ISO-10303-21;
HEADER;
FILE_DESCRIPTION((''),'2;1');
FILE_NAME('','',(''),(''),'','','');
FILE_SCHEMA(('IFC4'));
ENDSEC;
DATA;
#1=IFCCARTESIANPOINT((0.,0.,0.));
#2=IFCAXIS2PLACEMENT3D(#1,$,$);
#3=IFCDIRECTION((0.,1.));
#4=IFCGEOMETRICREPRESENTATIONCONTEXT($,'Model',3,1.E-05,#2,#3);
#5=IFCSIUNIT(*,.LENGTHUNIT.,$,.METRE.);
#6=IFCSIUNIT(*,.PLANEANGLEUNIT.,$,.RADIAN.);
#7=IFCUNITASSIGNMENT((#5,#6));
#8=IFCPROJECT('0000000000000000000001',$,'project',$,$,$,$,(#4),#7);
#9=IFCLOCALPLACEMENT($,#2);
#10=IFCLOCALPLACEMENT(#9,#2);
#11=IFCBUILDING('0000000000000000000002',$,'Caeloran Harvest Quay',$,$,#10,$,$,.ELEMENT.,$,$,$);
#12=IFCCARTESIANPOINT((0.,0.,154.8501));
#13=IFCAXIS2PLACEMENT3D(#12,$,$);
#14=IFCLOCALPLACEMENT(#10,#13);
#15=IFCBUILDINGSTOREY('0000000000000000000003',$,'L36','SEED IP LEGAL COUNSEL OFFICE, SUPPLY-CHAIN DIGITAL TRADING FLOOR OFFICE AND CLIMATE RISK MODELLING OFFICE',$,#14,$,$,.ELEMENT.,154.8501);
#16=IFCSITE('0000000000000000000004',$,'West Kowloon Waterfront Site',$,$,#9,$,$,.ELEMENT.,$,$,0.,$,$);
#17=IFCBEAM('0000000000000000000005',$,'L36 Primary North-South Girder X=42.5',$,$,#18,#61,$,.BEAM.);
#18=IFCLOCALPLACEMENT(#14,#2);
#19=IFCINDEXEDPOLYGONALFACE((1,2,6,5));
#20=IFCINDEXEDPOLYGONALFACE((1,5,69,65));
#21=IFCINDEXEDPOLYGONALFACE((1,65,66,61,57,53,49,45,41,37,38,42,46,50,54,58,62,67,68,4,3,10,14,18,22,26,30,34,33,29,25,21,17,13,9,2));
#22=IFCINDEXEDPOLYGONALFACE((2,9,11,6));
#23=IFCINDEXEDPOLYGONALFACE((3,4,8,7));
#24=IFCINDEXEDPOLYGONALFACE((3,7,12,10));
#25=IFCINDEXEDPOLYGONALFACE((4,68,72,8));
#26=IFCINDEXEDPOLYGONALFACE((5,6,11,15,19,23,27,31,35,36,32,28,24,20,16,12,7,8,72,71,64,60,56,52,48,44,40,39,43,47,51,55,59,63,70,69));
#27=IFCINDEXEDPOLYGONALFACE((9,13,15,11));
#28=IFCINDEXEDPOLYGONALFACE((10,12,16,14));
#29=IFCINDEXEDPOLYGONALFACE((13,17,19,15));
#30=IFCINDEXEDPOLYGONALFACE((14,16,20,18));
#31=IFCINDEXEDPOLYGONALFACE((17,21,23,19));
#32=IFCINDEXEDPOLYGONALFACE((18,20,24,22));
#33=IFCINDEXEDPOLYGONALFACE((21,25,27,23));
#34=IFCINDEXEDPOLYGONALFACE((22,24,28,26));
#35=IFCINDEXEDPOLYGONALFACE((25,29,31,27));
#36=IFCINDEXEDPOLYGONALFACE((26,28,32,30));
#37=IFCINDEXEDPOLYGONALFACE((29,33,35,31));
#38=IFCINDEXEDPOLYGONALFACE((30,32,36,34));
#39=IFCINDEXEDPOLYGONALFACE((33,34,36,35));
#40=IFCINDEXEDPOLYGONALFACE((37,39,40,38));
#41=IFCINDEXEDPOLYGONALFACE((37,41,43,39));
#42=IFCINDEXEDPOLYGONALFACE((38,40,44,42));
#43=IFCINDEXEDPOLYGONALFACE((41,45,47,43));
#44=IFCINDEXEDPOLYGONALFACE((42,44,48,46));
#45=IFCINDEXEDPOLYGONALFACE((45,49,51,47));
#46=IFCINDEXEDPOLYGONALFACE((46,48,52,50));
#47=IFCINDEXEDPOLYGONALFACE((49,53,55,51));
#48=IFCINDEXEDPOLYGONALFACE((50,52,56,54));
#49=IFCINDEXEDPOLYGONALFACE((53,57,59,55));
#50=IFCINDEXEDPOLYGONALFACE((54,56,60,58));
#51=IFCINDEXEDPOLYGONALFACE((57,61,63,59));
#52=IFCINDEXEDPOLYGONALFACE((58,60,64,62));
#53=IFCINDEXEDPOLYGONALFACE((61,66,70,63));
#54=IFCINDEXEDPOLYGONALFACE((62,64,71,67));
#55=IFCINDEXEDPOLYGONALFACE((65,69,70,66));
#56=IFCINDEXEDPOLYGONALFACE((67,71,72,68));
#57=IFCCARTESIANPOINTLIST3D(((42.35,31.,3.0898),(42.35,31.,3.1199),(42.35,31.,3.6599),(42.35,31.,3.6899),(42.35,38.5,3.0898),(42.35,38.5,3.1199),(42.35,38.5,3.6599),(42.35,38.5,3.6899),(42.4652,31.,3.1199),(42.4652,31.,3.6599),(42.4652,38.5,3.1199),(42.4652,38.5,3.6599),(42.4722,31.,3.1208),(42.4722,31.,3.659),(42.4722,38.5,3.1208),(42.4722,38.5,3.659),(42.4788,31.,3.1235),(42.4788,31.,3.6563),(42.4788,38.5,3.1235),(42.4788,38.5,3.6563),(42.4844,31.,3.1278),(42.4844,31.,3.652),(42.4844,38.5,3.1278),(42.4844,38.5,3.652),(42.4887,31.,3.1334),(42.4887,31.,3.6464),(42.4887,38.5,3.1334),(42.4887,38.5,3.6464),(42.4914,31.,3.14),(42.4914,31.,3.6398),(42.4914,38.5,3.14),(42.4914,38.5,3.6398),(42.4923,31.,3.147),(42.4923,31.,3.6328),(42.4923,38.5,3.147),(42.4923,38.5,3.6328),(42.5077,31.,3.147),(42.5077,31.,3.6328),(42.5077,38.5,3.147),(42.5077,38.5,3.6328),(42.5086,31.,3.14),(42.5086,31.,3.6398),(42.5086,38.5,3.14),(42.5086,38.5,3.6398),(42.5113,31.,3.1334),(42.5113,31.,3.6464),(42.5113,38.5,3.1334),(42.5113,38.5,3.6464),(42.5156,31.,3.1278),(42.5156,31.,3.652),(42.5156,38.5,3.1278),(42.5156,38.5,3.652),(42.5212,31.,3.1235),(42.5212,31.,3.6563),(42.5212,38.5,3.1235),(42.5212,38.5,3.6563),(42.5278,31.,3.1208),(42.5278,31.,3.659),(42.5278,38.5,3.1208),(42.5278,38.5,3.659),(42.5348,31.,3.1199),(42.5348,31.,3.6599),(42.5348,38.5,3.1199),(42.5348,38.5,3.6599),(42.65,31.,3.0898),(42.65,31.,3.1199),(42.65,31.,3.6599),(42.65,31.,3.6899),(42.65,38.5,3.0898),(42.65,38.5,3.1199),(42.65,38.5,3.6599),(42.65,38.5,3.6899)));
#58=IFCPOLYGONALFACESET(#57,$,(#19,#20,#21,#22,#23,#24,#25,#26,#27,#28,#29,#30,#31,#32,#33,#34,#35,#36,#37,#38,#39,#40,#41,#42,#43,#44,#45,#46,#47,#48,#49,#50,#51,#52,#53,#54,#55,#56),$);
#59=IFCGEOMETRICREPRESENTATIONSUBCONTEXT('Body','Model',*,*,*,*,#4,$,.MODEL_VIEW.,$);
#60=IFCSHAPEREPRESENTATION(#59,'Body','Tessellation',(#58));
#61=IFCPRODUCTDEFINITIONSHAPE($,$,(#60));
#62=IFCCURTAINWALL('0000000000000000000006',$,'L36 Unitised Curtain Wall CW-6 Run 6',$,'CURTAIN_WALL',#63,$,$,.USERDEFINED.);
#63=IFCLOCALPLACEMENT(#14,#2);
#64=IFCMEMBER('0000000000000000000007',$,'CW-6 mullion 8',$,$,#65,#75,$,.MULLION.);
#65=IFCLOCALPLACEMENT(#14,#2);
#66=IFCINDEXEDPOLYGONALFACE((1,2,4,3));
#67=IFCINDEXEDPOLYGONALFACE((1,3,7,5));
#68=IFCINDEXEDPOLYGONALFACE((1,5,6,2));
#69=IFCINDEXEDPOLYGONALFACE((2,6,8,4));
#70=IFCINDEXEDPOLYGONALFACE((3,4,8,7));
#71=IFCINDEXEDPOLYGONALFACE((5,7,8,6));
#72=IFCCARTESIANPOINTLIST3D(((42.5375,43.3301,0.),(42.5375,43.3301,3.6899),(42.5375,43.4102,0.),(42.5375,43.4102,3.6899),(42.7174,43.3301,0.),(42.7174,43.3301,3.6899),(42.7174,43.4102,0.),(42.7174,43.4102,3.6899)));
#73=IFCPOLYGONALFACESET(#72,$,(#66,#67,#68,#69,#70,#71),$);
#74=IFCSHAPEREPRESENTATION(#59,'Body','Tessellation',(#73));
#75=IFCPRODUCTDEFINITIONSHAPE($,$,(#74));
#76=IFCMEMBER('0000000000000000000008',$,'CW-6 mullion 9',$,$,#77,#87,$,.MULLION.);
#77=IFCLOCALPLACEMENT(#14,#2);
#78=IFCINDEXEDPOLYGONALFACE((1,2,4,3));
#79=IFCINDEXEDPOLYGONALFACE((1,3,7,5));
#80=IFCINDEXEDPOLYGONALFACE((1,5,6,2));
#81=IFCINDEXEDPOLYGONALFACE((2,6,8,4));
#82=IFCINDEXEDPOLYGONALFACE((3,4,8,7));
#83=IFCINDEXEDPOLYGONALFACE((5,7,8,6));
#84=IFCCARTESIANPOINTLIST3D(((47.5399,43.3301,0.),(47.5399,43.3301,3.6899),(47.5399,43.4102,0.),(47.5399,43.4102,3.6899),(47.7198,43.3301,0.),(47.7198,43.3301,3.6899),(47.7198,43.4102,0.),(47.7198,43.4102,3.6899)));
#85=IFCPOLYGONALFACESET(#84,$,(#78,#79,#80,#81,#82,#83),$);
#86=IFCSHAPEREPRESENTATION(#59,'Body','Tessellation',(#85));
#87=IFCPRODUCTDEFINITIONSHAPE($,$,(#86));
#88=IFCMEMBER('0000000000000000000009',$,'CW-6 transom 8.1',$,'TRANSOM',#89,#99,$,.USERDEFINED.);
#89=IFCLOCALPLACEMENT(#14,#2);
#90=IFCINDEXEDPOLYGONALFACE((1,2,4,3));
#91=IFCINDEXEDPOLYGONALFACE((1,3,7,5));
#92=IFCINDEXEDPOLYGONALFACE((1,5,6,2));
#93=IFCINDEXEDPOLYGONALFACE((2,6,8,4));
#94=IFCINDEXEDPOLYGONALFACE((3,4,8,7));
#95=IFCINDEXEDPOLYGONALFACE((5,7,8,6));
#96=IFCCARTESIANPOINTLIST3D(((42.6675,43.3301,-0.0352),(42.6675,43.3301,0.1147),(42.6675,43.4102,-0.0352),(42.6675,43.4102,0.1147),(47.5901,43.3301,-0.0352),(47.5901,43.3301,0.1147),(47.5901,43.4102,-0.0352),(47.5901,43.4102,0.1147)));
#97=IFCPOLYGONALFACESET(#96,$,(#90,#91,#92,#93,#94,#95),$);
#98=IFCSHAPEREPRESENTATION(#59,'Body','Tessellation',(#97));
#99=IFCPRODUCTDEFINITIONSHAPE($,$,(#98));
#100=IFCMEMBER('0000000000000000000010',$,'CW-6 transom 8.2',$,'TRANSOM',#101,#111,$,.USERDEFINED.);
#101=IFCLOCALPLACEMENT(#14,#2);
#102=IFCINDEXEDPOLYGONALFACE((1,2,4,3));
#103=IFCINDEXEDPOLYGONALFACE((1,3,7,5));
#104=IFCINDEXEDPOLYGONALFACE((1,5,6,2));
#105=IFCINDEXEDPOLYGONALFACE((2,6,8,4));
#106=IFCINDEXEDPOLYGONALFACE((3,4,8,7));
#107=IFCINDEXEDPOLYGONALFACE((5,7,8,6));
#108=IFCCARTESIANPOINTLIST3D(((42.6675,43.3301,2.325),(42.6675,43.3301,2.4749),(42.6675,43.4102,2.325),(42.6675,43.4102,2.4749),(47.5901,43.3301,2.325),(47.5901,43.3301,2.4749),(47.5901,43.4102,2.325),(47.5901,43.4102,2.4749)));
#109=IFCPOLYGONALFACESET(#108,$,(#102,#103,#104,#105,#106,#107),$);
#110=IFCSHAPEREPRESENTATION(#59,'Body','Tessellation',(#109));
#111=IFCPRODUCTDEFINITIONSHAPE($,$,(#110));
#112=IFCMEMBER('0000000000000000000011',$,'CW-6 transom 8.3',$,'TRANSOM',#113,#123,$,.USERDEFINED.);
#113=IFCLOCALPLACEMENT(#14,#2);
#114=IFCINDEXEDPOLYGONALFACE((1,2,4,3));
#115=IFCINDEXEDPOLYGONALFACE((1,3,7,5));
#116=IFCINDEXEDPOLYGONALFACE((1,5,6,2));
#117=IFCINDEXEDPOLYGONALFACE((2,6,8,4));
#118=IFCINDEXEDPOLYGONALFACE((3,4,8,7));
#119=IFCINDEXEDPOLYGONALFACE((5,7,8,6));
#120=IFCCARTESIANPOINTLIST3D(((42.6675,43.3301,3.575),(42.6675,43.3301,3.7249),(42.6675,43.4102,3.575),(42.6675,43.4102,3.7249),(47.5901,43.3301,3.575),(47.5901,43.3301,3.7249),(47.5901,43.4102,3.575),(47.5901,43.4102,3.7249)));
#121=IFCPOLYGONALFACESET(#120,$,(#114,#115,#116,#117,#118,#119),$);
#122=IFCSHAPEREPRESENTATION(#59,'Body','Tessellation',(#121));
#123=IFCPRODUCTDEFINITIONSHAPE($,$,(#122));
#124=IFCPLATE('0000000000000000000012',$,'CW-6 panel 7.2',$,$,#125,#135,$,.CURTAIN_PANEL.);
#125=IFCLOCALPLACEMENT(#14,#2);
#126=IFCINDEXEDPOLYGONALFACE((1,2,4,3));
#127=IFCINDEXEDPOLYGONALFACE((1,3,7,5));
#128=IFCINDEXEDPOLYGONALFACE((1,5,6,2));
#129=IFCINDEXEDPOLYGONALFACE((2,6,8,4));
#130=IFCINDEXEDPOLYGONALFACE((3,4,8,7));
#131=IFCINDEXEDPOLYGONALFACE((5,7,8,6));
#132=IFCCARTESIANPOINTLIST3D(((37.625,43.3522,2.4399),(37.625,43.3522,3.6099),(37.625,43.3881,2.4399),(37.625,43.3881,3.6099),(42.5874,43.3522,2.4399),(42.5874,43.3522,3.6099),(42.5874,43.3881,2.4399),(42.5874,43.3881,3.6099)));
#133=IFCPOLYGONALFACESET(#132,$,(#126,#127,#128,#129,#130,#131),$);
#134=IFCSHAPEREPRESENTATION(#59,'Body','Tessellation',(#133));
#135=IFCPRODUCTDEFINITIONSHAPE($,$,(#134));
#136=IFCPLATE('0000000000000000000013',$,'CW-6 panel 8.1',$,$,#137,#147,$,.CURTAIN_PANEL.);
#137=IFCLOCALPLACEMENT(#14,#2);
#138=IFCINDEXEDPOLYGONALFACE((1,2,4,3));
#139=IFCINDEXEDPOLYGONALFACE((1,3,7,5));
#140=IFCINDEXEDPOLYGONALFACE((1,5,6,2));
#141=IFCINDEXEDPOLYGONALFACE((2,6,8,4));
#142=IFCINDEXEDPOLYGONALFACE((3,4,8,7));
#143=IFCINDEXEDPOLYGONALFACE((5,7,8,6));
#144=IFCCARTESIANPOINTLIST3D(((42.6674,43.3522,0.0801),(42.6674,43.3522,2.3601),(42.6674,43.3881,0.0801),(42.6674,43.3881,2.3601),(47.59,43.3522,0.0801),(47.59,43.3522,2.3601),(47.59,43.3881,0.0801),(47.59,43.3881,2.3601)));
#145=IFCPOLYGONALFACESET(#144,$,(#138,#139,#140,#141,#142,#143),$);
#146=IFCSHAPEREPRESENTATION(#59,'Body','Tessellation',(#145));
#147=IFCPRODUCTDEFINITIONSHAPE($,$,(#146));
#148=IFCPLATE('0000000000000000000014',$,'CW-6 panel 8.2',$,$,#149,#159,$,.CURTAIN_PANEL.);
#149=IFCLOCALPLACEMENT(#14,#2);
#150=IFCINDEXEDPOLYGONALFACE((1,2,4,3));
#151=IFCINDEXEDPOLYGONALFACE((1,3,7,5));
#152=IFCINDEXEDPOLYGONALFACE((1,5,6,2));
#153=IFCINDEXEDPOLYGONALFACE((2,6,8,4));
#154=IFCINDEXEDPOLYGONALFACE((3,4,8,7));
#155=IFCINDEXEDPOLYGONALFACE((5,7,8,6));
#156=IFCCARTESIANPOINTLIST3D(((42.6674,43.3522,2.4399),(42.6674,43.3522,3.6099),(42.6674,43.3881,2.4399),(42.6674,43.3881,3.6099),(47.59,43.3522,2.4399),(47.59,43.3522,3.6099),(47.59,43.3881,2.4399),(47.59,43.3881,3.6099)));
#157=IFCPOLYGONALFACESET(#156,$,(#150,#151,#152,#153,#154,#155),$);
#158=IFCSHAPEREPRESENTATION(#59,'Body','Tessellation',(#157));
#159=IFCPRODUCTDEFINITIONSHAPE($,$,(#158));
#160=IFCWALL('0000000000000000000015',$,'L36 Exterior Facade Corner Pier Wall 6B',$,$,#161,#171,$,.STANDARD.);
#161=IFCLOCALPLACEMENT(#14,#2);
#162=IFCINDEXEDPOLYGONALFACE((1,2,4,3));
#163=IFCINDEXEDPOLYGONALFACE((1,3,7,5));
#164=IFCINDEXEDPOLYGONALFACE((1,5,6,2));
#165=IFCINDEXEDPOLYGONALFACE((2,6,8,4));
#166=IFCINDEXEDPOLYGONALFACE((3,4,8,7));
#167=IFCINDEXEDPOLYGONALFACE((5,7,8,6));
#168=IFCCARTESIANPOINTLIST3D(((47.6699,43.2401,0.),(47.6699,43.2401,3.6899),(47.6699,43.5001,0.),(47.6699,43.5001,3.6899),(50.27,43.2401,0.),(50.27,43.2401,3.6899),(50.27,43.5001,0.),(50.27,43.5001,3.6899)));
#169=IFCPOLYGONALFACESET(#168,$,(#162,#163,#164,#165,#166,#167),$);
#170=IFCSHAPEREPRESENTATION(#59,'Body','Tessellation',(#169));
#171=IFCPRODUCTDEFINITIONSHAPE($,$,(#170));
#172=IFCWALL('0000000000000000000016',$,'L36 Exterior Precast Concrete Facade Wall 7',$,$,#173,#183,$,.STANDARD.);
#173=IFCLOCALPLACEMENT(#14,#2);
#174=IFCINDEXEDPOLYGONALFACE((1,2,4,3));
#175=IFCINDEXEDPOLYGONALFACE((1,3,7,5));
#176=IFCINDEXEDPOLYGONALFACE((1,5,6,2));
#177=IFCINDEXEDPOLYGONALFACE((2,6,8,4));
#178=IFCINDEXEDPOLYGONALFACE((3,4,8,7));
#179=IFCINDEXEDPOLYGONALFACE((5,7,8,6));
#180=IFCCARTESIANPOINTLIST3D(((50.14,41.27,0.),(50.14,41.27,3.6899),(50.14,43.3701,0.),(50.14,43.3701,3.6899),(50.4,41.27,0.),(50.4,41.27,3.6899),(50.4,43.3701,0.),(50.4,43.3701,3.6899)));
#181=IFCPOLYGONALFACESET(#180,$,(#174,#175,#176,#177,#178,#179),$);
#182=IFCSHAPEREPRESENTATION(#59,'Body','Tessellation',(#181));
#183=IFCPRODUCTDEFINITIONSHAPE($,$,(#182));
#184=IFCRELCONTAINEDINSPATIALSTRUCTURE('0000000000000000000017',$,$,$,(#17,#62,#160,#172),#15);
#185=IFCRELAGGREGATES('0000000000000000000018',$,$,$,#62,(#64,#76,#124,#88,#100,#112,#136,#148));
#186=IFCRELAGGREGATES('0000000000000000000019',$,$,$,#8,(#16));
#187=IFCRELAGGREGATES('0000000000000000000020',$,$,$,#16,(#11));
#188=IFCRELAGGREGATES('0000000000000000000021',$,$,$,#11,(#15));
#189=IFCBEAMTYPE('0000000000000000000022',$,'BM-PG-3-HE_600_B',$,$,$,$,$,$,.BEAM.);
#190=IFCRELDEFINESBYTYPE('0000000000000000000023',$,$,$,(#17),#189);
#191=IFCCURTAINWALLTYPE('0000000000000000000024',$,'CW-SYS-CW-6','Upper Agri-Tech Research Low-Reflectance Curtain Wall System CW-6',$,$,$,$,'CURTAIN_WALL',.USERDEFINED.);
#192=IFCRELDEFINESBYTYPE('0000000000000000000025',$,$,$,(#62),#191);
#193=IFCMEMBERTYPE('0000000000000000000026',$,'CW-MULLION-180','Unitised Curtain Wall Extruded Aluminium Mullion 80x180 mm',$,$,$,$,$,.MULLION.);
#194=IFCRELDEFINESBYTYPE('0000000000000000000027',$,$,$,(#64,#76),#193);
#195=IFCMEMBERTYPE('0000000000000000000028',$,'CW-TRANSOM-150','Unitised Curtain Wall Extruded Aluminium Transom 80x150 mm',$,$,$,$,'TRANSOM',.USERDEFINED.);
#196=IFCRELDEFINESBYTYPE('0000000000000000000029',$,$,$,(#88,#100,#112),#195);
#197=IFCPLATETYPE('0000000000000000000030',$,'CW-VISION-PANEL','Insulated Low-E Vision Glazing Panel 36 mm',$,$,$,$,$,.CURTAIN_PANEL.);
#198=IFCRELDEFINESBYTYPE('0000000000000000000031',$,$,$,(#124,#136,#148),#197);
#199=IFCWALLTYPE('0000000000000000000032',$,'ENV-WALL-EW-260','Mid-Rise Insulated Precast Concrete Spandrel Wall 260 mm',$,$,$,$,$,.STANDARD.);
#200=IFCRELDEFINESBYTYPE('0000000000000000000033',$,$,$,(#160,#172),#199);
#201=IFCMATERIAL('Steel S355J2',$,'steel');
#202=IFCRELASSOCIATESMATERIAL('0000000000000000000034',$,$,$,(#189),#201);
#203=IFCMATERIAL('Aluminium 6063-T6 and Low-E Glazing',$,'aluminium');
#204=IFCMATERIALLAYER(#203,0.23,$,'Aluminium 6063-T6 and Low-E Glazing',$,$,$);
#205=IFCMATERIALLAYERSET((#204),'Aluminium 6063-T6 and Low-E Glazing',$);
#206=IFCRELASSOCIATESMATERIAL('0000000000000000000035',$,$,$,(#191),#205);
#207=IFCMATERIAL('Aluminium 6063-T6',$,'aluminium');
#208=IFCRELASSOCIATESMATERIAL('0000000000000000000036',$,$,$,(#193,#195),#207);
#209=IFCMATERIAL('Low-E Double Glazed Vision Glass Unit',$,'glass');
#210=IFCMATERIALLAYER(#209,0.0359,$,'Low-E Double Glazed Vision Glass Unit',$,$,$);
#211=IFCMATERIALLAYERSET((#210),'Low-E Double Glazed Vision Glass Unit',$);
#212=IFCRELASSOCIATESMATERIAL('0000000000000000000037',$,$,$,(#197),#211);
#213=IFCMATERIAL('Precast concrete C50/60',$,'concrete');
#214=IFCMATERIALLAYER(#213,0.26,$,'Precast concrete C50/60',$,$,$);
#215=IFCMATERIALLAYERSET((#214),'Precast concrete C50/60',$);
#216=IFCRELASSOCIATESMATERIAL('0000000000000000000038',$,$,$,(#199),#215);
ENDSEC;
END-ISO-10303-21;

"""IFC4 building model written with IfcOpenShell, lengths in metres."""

from ifc_helpers import new_model, si_unit, direction, frame, frame_2d, origin, origin_2d, place, context, subcontext, project, spatial, rectangle, i_section, extrude, material, layer, layer_set, material_profile, profile_set, type_object, element, aggregate, save


model = new_model("IFC4")

# Units and contexts
model_context = context("Model", 3, precision=1e-05, world=origin(), true_north=direction((0.0, 1.0)))
body_context = subcontext(model_context, "Body", "Model", "MODEL_VIEW")
ifc_project = project(units=[si_unit("LENGTHUNIT", "METRE"), si_unit("PLANEANGLEUNIT", "RADIAN")], contexts=[model_context])

# Site, building, storey
site_placement = place(None, origin())
site = spatial("IfcSite", under=ifc_project, at=site_placement, Name="West Kowloon Waterfront Site", CompositionType="ELEMENT", RefElevation=0.0)
building_placement = place(site_placement, origin())
building = spatial("IfcBuilding", under=site, at=building_placement, Name="Caeloran Harvest Quay", CompositionType="ELEMENT")
storey_placement = place(building_placement, frame((0.0, 0.0, 154.8501)))
storey = spatial("IfcBuildingStorey", under=building, at=storey_placement, Name="L36", Description="SEED IP LEGAL COUNSEL OFFICE, SUPPLY-CHAIN DIGITAL TRADING FLOOR OFFICE AND CLIMATE RISK MODELLING OFFICE", CompositionType="ELEMENT", Elevation=154.8501)

# Beam
ifc_material_1 = material(Name="Steel S355J2", Category="steel")
ifc_material_profile_1 = material_profile(ifc_material_1, i_section(OverallWidth=0.3, OverallDepth=0.6001, WebThickness=0.0154, FlangeThickness=0.03, FilletRadius=0.0271, at=origin_2d()), Name="HE 600 B")
ifc_profile_set_1 = profile_set([ifc_material_profile_1], Name="Steel S355J2")
beam_type = type_object("IfcBeamType", Name="BM-PG-3-HE_600_B", PredefinedType="BEAM", material=ifc_profile_set_1)
beam_1_placement = place(storey_placement, frame((42.5, 31.0, 3.3899), z_axis=(0.0, 1.0, 0.0), x_axis=(-1.0, 0.0, 0.0)))
element("IfcBeam", 1, at=beam_1_placement, inside=storey, type_object=beam_type, Name="L36 Primary North-South Girder X=42.5", PredefinedType="BEAM", context=body_context, shape_type="SweptSolid", body=[
    extrude(i_section(OverallWidth=0.3, OverallDepth=0.6001, WebThickness=0.0154, FlangeThickness=0.03, FilletRadius=0.0271, at=origin_2d()), origin(), (0.0, 0.0, 1.0), 7.5),
])

# Curtain wall, members, plates
ifc_material_2 = material(Name="Aluminium 6063-T6 and Low-E Glazing", Category="aluminium")
ifc_layer_1 = layer(ifc_material_2, 0.23, Name="Aluminium 6063-T6 and Low-E Glazing")
ifc_layer_set_1 = layer_set([ifc_layer_1], Name="Aluminium 6063-T6 and Low-E Glazing")
curtain_wall_type = type_object("IfcCurtainWallType", Name="CW-SYS-CW-6", Description="Upper Agri-Tech Research Low-Reflectance Curtain Wall System CW-6", ElementType="CURTAIN_WALL", PredefinedType="USERDEFINED", material=ifc_layer_set_1)
curtain_wall_placement = place(storey_placement, origin())
curtain_wall = element("IfcCurtainWall", 2, at=curtain_wall_placement, inside=storey, type_object=curtain_wall_type, Name="L36 Unitised Curtain Wall CW-6 Run 6", ObjectType="CURTAIN_WALL", PredefinedType="USERDEFINED")
ifc_material_3 = material(Name="Aluminium 6063-T6", Category="aluminium")
ifc_material_profile_2 = material_profile(ifc_material_3, rectangle(XDim=0.0801, YDim=0.1799, at=origin_2d()), Name="CW-MULLION-180")
ifc_profile_set_2 = profile_set([ifc_material_profile_2], Name="Aluminium 6063-T6")
member_type_1 = type_object("IfcMemberType", Name="CW-MULLION-180", Description="Unitised Curtain Wall Extruded Aluminium Mullion 80x180 mm", PredefinedType="MULLION", material=ifc_profile_set_2)
member_1_placement = place(storey_placement, frame((42.6274, 43.3701, 0.0), z_axis=(0.0, 0.0, 1.0), x_axis=(0.0, 1.0, 0.0)))
member_1 = element("IfcMember", 3, at=member_1_placement, type_object=member_type_1, Name="CW-6 mullion 8", PredefinedType="MULLION", context=body_context, shape_type="SweptSolid", body=[
    extrude(rectangle(XDim=0.0801, YDim=0.1799, at=origin_2d()), origin(), (0.0, 0.0, 1.0), 3.6899),
])
member_2_placement = place(storey_placement, frame((47.6299, 43.3701, 0.0), z_axis=(0.0, 0.0, 1.0), x_axis=(0.0, 1.0, 0.0)))
member_2 = element("IfcMember", 4, at=member_2_placement, type_object=member_type_1, Name="CW-6 mullion 9", PredefinedType="MULLION", context=body_context, shape_type="SweptSolid", body=[
    extrude(rectangle(XDim=0.0801, YDim=0.1799, at=origin_2d()), origin(), (0.0, 0.0, 1.0), 3.6899),
])
ifc_material_profile_3 = material_profile(ifc_material_3, rectangle(XDim=0.0801, YDim=0.1499, at=origin_2d()), Name="CW-TRANSOM-150")
ifc_profile_set_3 = profile_set([ifc_material_profile_3], Name="Aluminium 6063-T6")
member_type_2 = type_object("IfcMemberType", Name="CW-TRANSOM-150", Description="Unitised Curtain Wall Extruded Aluminium Transom 80x150 mm", ElementType="TRANSOM", PredefinedType="USERDEFINED", material=ifc_profile_set_3)
member_3_placement = place(storey_placement, frame((42.6675, 43.3701, 0.0398), z_axis=(1.0, 0.0, 0.0), x_axis=(0.0, 1.0, 0.0)))
member_3 = element("IfcMember", 5, at=member_3_placement, type_object=member_type_2, Name="CW-6 transom 8.1", ObjectType="TRANSOM", PredefinedType="USERDEFINED", context=body_context, shape_type="SweptSolid", body=[
    extrude(rectangle(XDim=0.0801, YDim=0.1499, at=origin_2d()), origin(), (0.0, 0.0, 1.0), 4.9226),
])
member_4_placement = place(storey_placement, frame((42.6675, 43.3701, 2.3999), z_axis=(1.0, 0.0, 0.0), x_axis=(0.0, 1.0, 0.0)))
member_4 = element("IfcMember", 6, at=member_4_placement, type_object=member_type_2, Name="CW-6 transom 8.2", ObjectType="TRANSOM", PredefinedType="USERDEFINED", context=body_context, shape_type="SweptSolid", body=[
    extrude(rectangle(XDim=0.0801, YDim=0.1499, at=origin_2d()), origin(), (0.0, 0.0, 1.0), 4.9226),
])
member_5_placement = place(storey_placement, frame((42.6675, 43.3701, 3.6499), z_axis=(1.0, 0.0, 0.0), x_axis=(0.0, 1.0, 0.0)))
member_5 = element("IfcMember", 7, at=member_5_placement, type_object=member_type_2, Name="CW-6 transom 8.3", ObjectType="TRANSOM", PredefinedType="USERDEFINED", context=body_context, shape_type="SweptSolid", body=[
    extrude(rectangle(XDim=0.0801, YDim=0.1499, at=origin_2d()), origin(), (0.0, 0.0, 1.0), 4.9226),
])
ifc_material_4 = material(Name="Low-E Double Glazed Vision Glass Unit", Category="glass")
ifc_layer_2 = layer(ifc_material_4, 0.0359, Name="Low-E Double Glazed Vision Glass Unit")
ifc_layer_set_2 = layer_set([ifc_layer_2], Name="Low-E Double Glazed Vision Glass Unit")
plate_type = type_object("IfcPlateType", Name="CW-VISION-PANEL", Description="Insulated Low-E Vision Glazing Panel 36 mm", PredefinedType="CURTAIN_PANEL", material=ifc_layer_set_2)
plate_1_placement = place(storey_placement, frame((40.1062, 43.3701, 2.4399), z_axis=(0.0, 0.0, 1.0), x_axis=(1.0, 0.0, 0.0)))
plate_1 = element("IfcPlate", 8, at=plate_1_placement, type_object=plate_type, Name="CW-6 panel 7.2", PredefinedType="CURTAIN_PANEL", context=body_context, shape_type="SweptSolid", body=[
    extrude(rectangle(XDim=4.9624, YDim=0.0359, at=origin_2d()), origin(), (0.0, 0.0, 1.0), 1.1699),
])
plate_2_placement = place(storey_placement, frame((45.1287, 43.3701, 0.0801), z_axis=(0.0, 0.0, 1.0), x_axis=(1.0, 0.0, 0.0)))
plate_2 = element("IfcPlate", 9, at=plate_2_placement, type_object=plate_type, Name="CW-6 panel 8.1", PredefinedType="CURTAIN_PANEL", context=body_context, shape_type="SweptSolid", body=[
    extrude(rectangle(XDim=4.9226, YDim=0.0359, at=origin_2d()), origin(), (0.0, 0.0, 1.0), 2.28),
])
plate_3_placement = place(storey_placement, frame((45.1287, 43.3701, 2.4399), z_axis=(0.0, 0.0, 1.0), x_axis=(1.0, 0.0, 0.0)))
plate_3 = element("IfcPlate", 10, at=plate_3_placement, type_object=plate_type, Name="CW-6 panel 8.2", PredefinedType="CURTAIN_PANEL", context=body_context, shape_type="SweptSolid", body=[
    extrude(rectangle(XDim=4.9226, YDim=0.0359, at=origin_2d()), origin(), (0.0, 0.0, 1.0), 1.1699),
])
aggregate(curtain_wall, [member_1, member_2, plate_1, member_3, member_4, member_5, plate_2, plate_3])

# Walls
ifc_material_5 = material(Name="Precast concrete C50/60", Category="concrete")
ifc_layer_3 = layer(ifc_material_5, 0.26, Name="Precast concrete C50/60")
ifc_layer_set_3 = layer_set([ifc_layer_3], Name="Precast concrete C50/60")
wall_type_1 = type_object("IfcWallType", Name="ENV-WALL-EW-260", Description="Mid-Rise Insulated Precast Concrete Spandrel Wall 260 mm", PredefinedType="STANDARD", material=ifc_layer_set_3)
wall_1_placement = place(storey_placement, frame((47.6699, 43.3701, 0.0), z_axis=(0.0, 0.0, 1.0), x_axis=(1.0, 0.0, 0.0)))
element("IfcWall", 11, at=wall_1_placement, inside=storey, type_object=wall_type_1, Name="L36 Exterior Facade Corner Pier Wall 6B", PredefinedType="STANDARD", context=body_context, shape_type="SweptSolid", body=[
    extrude(rectangle(XDim=2.6001, YDim=0.26, at=frame_2d((1.3, 0.0))), origin(), (0.0, 0.0, 1.0), 3.6899),
])
wall_2_placement = place(storey_placement, frame((50.27, 43.3701, 0.0), z_axis=(0.0, 0.0, 1.0), x_axis=(0.0, -1.0, 0.0)))
element("IfcWall", 12, at=wall_2_placement, inside=storey, type_object=wall_type_1, Name="L36 Exterior Precast Concrete Facade Wall 7", PredefinedType="STANDARD", context=body_context, shape_type="SweptSolid", body=[
    extrude(rectangle(XDim=2.1001, YDim=0.26, at=frame_2d((1.05, 0.0))), origin(), (0.0, 0.0, 1.0), 3.6899),
])

save(model, "model.ifc")
